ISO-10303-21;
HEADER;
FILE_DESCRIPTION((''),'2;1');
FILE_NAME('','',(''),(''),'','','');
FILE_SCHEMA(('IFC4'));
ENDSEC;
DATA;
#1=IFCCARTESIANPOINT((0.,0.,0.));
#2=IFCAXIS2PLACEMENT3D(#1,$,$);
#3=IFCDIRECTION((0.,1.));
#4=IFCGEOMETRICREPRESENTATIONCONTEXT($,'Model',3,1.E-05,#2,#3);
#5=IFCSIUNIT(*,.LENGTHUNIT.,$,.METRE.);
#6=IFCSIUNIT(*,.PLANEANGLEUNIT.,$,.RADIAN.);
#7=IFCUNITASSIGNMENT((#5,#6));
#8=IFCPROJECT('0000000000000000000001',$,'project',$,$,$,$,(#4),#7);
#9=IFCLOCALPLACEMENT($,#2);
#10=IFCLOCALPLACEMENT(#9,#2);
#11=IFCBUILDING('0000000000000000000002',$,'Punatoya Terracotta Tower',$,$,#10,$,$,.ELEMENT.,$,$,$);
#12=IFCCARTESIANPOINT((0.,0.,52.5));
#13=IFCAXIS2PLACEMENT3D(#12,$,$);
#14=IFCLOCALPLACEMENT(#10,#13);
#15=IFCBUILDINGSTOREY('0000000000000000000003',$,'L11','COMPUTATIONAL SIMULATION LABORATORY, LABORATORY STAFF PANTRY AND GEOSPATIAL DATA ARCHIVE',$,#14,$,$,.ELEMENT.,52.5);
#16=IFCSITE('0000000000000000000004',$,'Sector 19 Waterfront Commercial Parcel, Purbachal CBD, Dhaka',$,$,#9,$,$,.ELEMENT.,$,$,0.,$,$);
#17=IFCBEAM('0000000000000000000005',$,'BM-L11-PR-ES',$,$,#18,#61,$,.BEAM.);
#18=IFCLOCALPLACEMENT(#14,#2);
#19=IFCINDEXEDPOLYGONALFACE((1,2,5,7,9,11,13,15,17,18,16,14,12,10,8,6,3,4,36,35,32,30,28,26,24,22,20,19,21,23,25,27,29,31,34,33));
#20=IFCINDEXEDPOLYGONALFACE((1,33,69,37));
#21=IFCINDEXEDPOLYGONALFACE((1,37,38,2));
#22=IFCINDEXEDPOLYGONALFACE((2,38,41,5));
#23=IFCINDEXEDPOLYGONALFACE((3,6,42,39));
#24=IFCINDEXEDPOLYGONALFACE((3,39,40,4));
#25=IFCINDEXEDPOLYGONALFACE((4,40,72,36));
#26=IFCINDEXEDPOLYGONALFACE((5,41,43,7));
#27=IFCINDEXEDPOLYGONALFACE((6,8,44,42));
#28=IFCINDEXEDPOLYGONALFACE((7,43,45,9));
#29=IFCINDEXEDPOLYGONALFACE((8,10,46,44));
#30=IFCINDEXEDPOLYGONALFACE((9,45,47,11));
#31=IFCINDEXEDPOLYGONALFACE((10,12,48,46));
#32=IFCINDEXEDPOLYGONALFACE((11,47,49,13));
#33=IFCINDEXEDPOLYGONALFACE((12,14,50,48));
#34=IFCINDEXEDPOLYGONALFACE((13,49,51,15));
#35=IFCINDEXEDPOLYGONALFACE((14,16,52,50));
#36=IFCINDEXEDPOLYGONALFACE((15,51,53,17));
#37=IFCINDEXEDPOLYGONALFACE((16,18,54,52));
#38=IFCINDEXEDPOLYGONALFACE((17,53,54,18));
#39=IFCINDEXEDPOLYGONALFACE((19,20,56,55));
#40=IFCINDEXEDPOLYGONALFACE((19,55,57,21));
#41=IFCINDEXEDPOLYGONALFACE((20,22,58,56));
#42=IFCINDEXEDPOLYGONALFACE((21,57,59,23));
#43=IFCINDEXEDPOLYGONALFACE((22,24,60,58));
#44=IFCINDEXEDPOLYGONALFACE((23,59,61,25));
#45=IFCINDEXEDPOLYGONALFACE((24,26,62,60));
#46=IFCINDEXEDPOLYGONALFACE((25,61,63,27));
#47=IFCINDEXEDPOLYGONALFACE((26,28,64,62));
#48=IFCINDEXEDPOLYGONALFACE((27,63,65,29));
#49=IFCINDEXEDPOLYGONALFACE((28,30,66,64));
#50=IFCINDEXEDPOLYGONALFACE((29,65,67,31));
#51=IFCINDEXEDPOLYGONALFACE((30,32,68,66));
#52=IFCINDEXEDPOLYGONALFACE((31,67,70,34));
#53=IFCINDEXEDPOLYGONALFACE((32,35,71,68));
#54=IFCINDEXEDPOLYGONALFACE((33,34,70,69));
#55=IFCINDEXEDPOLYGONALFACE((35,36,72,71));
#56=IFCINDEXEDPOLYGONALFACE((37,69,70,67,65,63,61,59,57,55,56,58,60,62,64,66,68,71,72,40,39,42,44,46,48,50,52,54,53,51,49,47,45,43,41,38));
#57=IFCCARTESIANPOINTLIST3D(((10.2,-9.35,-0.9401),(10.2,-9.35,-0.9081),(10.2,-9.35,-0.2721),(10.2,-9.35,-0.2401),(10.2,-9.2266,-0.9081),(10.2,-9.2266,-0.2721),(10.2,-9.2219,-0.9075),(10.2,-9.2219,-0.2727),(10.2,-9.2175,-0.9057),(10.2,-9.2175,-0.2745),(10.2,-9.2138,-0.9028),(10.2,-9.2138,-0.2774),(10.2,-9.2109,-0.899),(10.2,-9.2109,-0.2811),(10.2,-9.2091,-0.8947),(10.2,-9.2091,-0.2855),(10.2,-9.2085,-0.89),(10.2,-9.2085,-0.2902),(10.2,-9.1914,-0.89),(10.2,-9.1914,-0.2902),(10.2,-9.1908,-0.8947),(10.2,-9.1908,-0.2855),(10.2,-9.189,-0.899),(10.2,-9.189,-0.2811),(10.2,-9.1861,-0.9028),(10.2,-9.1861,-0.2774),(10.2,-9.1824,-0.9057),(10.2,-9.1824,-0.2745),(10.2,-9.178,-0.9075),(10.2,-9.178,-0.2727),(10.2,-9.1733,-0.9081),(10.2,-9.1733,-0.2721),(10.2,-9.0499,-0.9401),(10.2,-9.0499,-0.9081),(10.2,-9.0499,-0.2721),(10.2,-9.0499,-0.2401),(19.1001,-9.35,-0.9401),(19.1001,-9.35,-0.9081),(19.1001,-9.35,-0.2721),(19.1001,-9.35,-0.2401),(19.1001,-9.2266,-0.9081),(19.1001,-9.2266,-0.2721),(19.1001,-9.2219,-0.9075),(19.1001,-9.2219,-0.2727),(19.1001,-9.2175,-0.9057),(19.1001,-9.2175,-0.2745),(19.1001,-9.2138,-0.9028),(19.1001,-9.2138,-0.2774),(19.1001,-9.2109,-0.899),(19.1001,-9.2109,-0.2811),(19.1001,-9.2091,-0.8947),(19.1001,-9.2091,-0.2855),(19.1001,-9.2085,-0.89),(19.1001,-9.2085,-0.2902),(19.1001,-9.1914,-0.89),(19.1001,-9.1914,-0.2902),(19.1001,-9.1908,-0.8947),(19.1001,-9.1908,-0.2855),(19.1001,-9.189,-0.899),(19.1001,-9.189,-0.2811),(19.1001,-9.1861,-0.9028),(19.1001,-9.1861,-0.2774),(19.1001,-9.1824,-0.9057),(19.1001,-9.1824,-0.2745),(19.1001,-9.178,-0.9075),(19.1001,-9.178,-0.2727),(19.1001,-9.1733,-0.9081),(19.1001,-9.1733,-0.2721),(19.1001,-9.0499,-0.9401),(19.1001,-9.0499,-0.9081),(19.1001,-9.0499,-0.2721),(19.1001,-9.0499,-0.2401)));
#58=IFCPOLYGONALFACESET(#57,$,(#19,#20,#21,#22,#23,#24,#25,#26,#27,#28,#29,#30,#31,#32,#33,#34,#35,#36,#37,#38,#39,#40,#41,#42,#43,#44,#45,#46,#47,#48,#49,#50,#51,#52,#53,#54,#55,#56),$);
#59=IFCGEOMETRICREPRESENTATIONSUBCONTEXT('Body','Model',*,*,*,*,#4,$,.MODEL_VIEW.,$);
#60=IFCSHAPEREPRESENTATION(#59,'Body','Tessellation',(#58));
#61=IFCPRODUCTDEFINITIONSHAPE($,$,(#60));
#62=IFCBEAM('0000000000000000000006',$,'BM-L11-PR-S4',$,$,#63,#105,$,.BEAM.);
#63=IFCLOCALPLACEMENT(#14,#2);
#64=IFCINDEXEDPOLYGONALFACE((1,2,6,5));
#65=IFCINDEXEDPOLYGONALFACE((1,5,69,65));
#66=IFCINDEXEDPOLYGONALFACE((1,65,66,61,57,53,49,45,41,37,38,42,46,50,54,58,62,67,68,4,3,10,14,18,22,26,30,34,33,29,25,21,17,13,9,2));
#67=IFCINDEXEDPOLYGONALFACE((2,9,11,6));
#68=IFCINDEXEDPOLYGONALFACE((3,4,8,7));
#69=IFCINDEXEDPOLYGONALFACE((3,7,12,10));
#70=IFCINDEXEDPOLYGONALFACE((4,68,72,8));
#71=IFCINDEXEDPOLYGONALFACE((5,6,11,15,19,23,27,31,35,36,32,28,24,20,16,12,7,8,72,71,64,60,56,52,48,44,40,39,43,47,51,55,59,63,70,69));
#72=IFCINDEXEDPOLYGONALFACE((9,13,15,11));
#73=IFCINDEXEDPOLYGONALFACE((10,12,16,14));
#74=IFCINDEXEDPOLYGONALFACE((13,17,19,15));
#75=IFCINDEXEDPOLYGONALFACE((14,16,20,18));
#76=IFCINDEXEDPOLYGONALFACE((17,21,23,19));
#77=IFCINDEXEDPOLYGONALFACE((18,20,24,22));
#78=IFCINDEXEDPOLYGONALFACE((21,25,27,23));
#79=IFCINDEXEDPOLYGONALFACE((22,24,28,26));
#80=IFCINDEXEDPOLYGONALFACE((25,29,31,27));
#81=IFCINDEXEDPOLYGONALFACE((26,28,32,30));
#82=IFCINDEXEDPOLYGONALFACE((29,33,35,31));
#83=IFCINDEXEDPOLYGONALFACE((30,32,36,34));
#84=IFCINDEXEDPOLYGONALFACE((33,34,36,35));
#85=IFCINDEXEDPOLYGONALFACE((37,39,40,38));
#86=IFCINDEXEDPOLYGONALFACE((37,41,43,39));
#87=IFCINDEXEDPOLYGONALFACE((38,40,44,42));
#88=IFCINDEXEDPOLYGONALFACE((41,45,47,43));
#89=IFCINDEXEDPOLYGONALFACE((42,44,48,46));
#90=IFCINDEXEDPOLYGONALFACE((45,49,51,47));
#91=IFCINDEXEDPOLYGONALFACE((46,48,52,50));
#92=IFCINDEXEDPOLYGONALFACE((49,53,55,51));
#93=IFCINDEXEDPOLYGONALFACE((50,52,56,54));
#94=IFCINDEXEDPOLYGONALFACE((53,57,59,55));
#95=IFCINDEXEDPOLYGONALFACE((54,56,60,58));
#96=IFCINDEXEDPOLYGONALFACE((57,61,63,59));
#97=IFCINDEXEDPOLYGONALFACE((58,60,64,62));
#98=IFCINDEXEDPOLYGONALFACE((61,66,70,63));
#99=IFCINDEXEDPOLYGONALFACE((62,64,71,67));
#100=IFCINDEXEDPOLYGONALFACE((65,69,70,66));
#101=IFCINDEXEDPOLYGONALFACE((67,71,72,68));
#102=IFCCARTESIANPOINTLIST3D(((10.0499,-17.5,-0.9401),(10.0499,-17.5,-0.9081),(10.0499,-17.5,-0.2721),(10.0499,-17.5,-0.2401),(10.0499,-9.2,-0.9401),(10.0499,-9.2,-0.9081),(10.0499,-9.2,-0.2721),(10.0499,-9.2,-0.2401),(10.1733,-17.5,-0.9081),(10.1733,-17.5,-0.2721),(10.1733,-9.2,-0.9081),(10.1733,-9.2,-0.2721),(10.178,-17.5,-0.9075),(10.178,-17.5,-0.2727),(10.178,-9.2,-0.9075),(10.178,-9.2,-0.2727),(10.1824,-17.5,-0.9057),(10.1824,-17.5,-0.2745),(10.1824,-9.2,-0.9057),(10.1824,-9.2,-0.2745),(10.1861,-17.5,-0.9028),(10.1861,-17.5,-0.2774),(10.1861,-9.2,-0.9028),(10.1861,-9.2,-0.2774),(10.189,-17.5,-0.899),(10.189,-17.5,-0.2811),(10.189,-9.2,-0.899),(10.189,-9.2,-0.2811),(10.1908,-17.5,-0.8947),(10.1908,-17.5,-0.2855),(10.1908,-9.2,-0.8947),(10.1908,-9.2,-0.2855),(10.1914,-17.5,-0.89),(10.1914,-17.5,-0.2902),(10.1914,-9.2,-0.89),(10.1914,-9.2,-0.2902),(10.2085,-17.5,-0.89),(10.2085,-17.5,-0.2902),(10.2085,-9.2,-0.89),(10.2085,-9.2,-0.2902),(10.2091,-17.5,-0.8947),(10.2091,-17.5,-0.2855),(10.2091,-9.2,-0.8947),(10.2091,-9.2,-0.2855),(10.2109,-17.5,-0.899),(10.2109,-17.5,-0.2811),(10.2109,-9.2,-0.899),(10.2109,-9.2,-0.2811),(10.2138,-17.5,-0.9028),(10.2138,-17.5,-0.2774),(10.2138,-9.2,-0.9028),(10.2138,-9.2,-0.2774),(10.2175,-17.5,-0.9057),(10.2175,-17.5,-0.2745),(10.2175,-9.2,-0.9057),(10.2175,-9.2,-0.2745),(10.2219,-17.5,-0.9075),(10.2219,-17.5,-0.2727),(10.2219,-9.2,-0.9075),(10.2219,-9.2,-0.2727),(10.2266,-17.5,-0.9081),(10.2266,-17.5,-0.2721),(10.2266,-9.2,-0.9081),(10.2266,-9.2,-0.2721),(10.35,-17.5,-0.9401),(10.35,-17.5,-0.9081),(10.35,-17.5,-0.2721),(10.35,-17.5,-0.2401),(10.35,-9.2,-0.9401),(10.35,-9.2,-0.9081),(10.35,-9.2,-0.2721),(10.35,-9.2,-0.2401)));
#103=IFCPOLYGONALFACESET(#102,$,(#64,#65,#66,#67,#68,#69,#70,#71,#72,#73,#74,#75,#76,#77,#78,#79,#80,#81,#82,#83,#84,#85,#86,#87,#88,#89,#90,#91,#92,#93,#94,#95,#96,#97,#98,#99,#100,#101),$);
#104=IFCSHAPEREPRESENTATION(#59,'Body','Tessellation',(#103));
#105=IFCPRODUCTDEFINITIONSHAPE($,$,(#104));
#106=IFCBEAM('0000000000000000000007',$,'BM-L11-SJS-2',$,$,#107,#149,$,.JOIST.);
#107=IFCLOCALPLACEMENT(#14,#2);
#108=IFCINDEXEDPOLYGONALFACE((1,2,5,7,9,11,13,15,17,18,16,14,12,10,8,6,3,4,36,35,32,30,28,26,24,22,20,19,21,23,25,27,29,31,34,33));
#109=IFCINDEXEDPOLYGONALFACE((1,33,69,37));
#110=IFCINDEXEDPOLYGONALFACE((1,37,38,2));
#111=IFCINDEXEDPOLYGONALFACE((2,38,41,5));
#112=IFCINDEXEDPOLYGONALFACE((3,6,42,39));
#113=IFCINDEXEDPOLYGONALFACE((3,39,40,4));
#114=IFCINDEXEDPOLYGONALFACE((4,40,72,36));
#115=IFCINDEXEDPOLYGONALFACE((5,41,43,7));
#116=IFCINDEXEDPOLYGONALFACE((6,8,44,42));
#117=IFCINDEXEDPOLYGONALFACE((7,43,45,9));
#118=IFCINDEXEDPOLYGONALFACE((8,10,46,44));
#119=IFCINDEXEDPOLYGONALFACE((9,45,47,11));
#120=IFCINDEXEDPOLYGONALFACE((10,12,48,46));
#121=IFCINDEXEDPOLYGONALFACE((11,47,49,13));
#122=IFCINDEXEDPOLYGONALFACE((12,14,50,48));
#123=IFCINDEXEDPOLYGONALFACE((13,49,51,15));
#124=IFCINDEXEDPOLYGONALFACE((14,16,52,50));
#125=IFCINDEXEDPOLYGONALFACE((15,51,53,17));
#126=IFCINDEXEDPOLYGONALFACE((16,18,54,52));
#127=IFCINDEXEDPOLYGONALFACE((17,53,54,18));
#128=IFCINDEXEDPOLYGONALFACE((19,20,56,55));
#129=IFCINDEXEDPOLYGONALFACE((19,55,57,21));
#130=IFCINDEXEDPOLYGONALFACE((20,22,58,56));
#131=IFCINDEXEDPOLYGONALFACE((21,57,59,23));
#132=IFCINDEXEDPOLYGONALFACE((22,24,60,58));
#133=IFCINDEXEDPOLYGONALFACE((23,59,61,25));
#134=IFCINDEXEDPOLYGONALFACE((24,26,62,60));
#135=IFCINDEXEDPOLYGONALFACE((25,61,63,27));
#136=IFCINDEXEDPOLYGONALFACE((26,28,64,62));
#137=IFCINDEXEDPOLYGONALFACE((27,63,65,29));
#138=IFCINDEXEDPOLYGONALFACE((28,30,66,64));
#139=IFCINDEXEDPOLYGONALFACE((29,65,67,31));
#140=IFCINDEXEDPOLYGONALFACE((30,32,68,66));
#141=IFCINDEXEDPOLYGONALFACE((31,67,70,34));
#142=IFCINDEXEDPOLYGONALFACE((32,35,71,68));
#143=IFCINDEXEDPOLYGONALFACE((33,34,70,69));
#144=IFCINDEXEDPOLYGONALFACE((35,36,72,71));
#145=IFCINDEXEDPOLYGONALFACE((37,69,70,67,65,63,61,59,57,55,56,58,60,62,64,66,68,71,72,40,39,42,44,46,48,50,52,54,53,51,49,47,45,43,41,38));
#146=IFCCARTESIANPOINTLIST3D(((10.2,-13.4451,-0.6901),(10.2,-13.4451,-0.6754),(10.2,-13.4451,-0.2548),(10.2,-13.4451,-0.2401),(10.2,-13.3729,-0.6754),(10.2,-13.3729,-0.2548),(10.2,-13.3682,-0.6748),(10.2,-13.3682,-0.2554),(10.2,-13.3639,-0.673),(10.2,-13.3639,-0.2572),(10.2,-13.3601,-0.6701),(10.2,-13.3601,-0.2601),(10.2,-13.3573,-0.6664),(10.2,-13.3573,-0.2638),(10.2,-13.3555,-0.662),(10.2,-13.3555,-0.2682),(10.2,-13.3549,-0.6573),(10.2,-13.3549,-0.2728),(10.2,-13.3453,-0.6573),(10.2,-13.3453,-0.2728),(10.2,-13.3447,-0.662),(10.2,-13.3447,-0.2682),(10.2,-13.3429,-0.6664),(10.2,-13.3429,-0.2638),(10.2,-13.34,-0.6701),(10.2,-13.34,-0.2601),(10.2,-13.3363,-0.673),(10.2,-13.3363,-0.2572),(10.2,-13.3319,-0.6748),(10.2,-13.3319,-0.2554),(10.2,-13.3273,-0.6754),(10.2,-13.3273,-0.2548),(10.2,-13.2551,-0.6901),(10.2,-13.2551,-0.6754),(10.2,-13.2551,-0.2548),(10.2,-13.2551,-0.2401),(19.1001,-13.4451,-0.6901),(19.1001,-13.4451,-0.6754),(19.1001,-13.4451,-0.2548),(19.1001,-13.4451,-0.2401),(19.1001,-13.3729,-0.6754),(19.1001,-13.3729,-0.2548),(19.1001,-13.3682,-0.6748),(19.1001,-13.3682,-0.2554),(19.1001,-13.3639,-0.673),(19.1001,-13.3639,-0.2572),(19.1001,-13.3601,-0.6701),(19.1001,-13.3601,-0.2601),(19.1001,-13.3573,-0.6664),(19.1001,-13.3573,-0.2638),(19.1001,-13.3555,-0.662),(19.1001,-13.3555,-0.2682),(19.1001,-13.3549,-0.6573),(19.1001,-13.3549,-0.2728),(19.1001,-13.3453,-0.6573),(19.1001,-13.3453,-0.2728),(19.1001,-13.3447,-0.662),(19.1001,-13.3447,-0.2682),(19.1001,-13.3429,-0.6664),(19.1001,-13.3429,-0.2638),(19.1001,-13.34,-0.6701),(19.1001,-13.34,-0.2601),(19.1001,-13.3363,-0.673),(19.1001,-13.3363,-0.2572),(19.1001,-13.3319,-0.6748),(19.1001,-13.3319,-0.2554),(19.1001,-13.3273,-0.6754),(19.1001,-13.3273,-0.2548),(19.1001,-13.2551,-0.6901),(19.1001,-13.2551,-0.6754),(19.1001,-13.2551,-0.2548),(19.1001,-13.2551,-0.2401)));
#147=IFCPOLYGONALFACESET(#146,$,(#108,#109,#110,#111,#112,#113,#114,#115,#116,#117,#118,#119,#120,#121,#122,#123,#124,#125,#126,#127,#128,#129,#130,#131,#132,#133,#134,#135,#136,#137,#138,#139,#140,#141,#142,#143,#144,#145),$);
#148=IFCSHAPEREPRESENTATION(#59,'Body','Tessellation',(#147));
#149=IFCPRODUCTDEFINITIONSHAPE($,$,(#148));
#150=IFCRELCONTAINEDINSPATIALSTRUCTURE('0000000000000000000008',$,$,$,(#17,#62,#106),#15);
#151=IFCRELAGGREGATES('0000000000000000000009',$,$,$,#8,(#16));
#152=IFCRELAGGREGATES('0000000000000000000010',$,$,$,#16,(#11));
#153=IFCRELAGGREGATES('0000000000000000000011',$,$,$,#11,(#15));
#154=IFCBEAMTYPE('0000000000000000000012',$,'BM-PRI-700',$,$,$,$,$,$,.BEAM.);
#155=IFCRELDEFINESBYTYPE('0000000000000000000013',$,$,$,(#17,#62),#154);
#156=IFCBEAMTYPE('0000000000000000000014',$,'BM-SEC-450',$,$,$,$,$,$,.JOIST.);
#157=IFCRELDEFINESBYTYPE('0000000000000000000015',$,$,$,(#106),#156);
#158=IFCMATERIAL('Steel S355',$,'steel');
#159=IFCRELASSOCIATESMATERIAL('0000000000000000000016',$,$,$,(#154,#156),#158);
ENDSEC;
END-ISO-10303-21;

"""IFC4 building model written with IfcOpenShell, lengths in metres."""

from ifc_helpers import new_model, si_unit, direction, frame, origin, origin_2d, place, context, subcontext, project, spatial, i_section, extrude, material, material_profile, profile_set, type_object, element, save


model = new_model("IFC4")

# Units and contexts
model_context = context("Model", 3, precision=1e-05, world=origin(), true_north=direction((0.0, 1.0)))
body_context = subcontext(model_context, "Body", "Model", "MODEL_VIEW")
ifc_project = project(units=[si_unit("LENGTHUNIT", "METRE"), si_unit("PLANEANGLEUNIT", "RADIAN")], contexts=[model_context])

# Site, building, storey
site_placement = place(None, origin())
site = spatial("IfcSite", under=ifc_project, at=site_placement, Name="Sector 19 Waterfront Commercial Parcel, Purbachal CBD, Dhaka", CompositionType="ELEMENT", RefElevation=0.0)
building_placement = place(site_placement, origin())
building = spatial("IfcBuilding", under=site, at=building_placement, Name="Punatoya Terracotta Tower", CompositionType="ELEMENT")
storey_placement = place(building_placement, frame((0.0, 0.0, 52.5)))
storey = spatial("IfcBuildingStorey", under=building, at=storey_placement, Name="L11", Description="COMPUTATIONAL SIMULATION LABORATORY, LABORATORY STAFF PANTRY AND GEOSPATIAL DATA ARCHIVE", CompositionType="ELEMENT", Elevation=52.5)

# Beams
ifc_material_1 = material(Name="Steel S355", Category="steel")
ifc_material_profile_1 = material_profile(ifc_material_1, i_section(OverallWidth=0.3, OverallDepth=0.7, WebThickness=0.0171, FlangeThickness=0.032, FilletRadius=0.0181, at=origin_2d()))
ifc_profile_set_1 = profile_set([ifc_material_profile_1], Name="Steel S355")
beam_type_1 = type_object("IfcBeamType", Name="BM-PRI-700", PredefinedType="BEAM", material=ifc_profile_set_1)
beam_1_placement = place(storey_placement, frame((10.2, -9.2, -0.5901), z_axis=(1.0, 0.0, 0.0), x_axis=(0.0, 1.0, 0.0)))
element("IfcBeam", 1, at=beam_1_placement, inside=storey, type_object=beam_type_1, Name="BM-L11-PR-ES", PredefinedType="BEAM", context=body_context, shape_type="SweptSolid", body=[
    extrude(i_section(OverallWidth=0.3, OverallDepth=0.7, WebThickness=0.0171, FlangeThickness=0.032, FilletRadius=0.0181, at=origin_2d()), origin(), (0.0, 0.0, 1.0), 8.9001),
])
beam_2_placement = place(storey_placement, frame((10.2, -17.5, -0.5901), z_axis=(0.0, 1.0, 0.0), x_axis=(-1.0, 0.0, 0.0)))
element("IfcBeam", 2, at=beam_2_placement, inside=storey, type_object=beam_type_1, Name="BM-L11-PR-S4", PredefinedType="BEAM", context=body_context, shape_type="SweptSolid", body=[
    extrude(i_section(OverallWidth=0.3, OverallDepth=0.7, WebThickness=0.0171, FlangeThickness=0.032, FilletRadius=0.0181, at=origin_2d()), origin(), (0.0, 0.0, 1.0), 8.3),
])
ifc_material_profile_2 = material_profile(ifc_material_1, i_section(OverallWidth=0.1899, OverallDepth=0.45, WebThickness=0.0095, FlangeThickness=0.0146, FilletRadius=0.0181, at=origin_2d()))
ifc_profile_set_2 = profile_set([ifc_material_profile_2], Name="Steel S355")
beam_type_2 = type_object("IfcBeamType", Name="BM-SEC-450", PredefinedType="JOIST", material=ifc_profile_set_2)
beam_3_placement = place(storey_placement, frame((10.2, -13.3501, -0.4651), z_axis=(1.0, 0.0, 0.0), x_axis=(0.0, 1.0, 0.0)))
element("IfcBeam", 3, at=beam_3_placement, inside=storey, type_object=beam_type_2, Name="BM-L11-SJS-2", PredefinedType="JOIST", context=body_context, shape_type="SweptSolid", body=[
    extrude(i_section(OverallWidth=0.1899, OverallDepth=0.45, WebThickness=0.0095, FlangeThickness=0.0146, FilletRadius=0.0181, at=origin_2d()), origin(), (0.0, 0.0, 1.0), 8.9001),
])

save(model, "model.ifc")
